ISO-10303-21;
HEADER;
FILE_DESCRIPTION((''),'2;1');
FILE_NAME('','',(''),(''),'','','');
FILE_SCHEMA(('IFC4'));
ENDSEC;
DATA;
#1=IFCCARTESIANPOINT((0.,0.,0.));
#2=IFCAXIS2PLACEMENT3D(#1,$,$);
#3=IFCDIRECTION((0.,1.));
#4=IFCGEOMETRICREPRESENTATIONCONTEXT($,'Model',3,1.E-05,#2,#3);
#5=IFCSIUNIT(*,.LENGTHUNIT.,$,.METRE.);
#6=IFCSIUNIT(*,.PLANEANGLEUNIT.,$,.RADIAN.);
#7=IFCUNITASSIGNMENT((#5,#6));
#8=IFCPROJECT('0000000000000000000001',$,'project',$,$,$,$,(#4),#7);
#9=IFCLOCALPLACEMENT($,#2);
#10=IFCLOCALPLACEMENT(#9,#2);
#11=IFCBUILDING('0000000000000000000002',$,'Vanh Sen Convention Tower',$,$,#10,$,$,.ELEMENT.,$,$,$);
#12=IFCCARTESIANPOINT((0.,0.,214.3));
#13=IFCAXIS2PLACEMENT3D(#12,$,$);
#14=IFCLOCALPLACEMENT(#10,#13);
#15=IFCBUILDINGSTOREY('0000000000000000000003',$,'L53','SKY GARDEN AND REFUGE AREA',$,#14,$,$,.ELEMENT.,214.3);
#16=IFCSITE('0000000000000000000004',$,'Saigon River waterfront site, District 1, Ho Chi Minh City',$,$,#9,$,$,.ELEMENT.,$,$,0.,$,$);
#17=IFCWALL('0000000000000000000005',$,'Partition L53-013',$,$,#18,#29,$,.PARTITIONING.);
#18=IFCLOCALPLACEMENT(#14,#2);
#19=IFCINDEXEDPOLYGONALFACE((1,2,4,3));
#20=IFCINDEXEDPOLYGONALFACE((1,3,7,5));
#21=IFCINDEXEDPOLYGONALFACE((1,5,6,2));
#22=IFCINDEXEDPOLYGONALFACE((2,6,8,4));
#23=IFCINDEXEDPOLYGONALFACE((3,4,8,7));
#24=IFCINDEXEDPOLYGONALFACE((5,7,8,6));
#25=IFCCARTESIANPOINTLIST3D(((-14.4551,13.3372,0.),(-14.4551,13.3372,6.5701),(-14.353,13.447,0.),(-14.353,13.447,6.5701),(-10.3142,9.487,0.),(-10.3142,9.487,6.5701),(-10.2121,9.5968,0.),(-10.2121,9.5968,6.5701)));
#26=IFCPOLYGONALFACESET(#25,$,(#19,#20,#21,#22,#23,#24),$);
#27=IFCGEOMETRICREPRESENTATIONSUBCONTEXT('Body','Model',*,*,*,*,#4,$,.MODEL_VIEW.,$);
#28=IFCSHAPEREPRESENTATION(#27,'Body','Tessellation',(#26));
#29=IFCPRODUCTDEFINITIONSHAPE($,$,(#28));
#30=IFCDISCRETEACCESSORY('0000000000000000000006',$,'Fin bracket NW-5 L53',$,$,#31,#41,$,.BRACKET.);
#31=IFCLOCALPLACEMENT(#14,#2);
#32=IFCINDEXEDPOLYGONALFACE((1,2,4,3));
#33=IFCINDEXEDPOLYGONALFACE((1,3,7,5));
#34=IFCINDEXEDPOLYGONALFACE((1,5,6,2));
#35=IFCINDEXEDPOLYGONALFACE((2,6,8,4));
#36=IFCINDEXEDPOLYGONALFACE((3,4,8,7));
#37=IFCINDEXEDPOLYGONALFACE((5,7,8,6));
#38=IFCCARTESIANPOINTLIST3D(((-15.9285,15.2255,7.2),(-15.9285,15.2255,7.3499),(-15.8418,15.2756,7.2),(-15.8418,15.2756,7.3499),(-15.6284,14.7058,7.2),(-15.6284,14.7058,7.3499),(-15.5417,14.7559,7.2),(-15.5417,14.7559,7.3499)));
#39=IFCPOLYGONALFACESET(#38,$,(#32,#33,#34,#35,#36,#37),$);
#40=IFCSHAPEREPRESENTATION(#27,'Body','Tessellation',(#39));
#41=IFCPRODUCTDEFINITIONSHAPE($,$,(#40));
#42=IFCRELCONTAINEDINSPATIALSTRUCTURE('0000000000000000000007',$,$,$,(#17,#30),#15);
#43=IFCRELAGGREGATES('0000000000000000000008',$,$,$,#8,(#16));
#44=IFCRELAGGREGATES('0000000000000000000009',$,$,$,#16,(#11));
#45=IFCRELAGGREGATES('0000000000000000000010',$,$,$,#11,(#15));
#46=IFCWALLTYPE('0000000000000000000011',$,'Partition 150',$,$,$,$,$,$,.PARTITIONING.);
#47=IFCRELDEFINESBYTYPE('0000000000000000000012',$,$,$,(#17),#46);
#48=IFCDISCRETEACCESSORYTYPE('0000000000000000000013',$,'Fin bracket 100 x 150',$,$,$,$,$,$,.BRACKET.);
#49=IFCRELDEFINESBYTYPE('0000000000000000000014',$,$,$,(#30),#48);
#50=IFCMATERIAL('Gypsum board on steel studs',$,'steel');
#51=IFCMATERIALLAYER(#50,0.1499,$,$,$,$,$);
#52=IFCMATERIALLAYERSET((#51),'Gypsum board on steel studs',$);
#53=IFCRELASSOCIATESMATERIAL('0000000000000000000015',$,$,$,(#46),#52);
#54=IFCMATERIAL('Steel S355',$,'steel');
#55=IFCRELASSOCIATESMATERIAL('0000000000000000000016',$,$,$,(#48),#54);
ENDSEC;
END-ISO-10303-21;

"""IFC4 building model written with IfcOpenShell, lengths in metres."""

from ifc_helpers import new_model, si_unit, direction, frame, frame_2d, origin, origin_2d, place, context, subcontext, project, spatial, rectangle, extrude, material, layer, layer_set, type_object, element, save


model = new_model("IFC4")

# Units and contexts
model_context = context("Model", 3, precision=1e-05, world=origin(), true_north=direction((0.0, 1.0)))
body_context = subcontext(model_context, "Body", "Model", "MODEL_VIEW")
ifc_project = project(units=[si_unit("LENGTHUNIT", "METRE"), si_unit("PLANEANGLEUNIT", "RADIAN")], contexts=[model_context])

# Site, building, storey
site_placement = place(None, origin())
site = spatial("IfcSite", under=ifc_project, at=site_placement, Name="Saigon River waterfront site, District 1, Ho Chi Minh City", CompositionType="ELEMENT", RefElevation=0.0)
building_placement = place(site_placement, origin())
building = spatial("IfcBuilding", under=site, at=building_placement, Name="Vanh Sen Convention Tower", CompositionType="ELEMENT")
storey_placement = place(building_placement, frame((0.0, 0.0, 214.3)))
storey = spatial("IfcBuildingStorey", under=building, at=storey_placement, Name="L53", Description="SKY GARDEN AND REFUGE AREA", CompositionType="ELEMENT", Elevation=214.3)

# Wall
ifc_material_1 = material(Name="Gypsum board on steel studs", Category="steel")
ifc_layer_1 = layer(ifc_material_1, 0.1499)
ifc_layer_set_1 = layer_set([ifc_layer_1], Name="Gypsum board on steel studs")
wall_type = type_object("IfcWallType", Name="Partition 150", PredefinedType="PARTITIONING", material=ifc_layer_set_1)
wall_1_placement = place(storey_placement, frame((-14.4041, 13.3921, 0.0), z_axis=(0.0, 0.0, 1.0), x_axis=(0.732352, -0.680926, 0.0)))
element("IfcWall", 1, at=wall_1_placement, inside=storey, type_object=wall_type, Name="Partition L53-013", PredefinedType="PARTITIONING", context=body_context, shape_type="SweptSolid", body=[
    extrude(rectangle(XDim=5.6543, YDim=0.1499, at=frame_2d((2.8271, 0.0))), origin(), (0.0, 0.0, 1.0), 6.5701),
])

# Discrete accessory
ifc_material_2 = material(Name="Steel S355", Category="steel")
discrete_accessory_type = type_object("IfcDiscreteAccessoryType", Name="Fin bracket 100 x 150", PredefinedType="BRACKET", material=ifc_material_2)
discrete_accessory_placement = place(storey_placement, frame((-15.7351, 14.9907, 7.2), z_axis=(0.0, 0.0, 1.0), x_axis=(-0.5, 0.866025, 0.0)))
element("IfcDiscreteAccessory", 2, at=discrete_accessory_placement, inside=storey, type_object=discrete_accessory_type, Name="Fin bracket NW-5 L53", PredefinedType="BRACKET", context=body_context, shape_type="SweptSolid", body=[
    extrude(rectangle(XDim=0.6001, YDim=0.1001, at=origin_2d()), origin(), (0.0, 0.0, 1.0), 0.1499),
])

save(model, "model.ifc")
